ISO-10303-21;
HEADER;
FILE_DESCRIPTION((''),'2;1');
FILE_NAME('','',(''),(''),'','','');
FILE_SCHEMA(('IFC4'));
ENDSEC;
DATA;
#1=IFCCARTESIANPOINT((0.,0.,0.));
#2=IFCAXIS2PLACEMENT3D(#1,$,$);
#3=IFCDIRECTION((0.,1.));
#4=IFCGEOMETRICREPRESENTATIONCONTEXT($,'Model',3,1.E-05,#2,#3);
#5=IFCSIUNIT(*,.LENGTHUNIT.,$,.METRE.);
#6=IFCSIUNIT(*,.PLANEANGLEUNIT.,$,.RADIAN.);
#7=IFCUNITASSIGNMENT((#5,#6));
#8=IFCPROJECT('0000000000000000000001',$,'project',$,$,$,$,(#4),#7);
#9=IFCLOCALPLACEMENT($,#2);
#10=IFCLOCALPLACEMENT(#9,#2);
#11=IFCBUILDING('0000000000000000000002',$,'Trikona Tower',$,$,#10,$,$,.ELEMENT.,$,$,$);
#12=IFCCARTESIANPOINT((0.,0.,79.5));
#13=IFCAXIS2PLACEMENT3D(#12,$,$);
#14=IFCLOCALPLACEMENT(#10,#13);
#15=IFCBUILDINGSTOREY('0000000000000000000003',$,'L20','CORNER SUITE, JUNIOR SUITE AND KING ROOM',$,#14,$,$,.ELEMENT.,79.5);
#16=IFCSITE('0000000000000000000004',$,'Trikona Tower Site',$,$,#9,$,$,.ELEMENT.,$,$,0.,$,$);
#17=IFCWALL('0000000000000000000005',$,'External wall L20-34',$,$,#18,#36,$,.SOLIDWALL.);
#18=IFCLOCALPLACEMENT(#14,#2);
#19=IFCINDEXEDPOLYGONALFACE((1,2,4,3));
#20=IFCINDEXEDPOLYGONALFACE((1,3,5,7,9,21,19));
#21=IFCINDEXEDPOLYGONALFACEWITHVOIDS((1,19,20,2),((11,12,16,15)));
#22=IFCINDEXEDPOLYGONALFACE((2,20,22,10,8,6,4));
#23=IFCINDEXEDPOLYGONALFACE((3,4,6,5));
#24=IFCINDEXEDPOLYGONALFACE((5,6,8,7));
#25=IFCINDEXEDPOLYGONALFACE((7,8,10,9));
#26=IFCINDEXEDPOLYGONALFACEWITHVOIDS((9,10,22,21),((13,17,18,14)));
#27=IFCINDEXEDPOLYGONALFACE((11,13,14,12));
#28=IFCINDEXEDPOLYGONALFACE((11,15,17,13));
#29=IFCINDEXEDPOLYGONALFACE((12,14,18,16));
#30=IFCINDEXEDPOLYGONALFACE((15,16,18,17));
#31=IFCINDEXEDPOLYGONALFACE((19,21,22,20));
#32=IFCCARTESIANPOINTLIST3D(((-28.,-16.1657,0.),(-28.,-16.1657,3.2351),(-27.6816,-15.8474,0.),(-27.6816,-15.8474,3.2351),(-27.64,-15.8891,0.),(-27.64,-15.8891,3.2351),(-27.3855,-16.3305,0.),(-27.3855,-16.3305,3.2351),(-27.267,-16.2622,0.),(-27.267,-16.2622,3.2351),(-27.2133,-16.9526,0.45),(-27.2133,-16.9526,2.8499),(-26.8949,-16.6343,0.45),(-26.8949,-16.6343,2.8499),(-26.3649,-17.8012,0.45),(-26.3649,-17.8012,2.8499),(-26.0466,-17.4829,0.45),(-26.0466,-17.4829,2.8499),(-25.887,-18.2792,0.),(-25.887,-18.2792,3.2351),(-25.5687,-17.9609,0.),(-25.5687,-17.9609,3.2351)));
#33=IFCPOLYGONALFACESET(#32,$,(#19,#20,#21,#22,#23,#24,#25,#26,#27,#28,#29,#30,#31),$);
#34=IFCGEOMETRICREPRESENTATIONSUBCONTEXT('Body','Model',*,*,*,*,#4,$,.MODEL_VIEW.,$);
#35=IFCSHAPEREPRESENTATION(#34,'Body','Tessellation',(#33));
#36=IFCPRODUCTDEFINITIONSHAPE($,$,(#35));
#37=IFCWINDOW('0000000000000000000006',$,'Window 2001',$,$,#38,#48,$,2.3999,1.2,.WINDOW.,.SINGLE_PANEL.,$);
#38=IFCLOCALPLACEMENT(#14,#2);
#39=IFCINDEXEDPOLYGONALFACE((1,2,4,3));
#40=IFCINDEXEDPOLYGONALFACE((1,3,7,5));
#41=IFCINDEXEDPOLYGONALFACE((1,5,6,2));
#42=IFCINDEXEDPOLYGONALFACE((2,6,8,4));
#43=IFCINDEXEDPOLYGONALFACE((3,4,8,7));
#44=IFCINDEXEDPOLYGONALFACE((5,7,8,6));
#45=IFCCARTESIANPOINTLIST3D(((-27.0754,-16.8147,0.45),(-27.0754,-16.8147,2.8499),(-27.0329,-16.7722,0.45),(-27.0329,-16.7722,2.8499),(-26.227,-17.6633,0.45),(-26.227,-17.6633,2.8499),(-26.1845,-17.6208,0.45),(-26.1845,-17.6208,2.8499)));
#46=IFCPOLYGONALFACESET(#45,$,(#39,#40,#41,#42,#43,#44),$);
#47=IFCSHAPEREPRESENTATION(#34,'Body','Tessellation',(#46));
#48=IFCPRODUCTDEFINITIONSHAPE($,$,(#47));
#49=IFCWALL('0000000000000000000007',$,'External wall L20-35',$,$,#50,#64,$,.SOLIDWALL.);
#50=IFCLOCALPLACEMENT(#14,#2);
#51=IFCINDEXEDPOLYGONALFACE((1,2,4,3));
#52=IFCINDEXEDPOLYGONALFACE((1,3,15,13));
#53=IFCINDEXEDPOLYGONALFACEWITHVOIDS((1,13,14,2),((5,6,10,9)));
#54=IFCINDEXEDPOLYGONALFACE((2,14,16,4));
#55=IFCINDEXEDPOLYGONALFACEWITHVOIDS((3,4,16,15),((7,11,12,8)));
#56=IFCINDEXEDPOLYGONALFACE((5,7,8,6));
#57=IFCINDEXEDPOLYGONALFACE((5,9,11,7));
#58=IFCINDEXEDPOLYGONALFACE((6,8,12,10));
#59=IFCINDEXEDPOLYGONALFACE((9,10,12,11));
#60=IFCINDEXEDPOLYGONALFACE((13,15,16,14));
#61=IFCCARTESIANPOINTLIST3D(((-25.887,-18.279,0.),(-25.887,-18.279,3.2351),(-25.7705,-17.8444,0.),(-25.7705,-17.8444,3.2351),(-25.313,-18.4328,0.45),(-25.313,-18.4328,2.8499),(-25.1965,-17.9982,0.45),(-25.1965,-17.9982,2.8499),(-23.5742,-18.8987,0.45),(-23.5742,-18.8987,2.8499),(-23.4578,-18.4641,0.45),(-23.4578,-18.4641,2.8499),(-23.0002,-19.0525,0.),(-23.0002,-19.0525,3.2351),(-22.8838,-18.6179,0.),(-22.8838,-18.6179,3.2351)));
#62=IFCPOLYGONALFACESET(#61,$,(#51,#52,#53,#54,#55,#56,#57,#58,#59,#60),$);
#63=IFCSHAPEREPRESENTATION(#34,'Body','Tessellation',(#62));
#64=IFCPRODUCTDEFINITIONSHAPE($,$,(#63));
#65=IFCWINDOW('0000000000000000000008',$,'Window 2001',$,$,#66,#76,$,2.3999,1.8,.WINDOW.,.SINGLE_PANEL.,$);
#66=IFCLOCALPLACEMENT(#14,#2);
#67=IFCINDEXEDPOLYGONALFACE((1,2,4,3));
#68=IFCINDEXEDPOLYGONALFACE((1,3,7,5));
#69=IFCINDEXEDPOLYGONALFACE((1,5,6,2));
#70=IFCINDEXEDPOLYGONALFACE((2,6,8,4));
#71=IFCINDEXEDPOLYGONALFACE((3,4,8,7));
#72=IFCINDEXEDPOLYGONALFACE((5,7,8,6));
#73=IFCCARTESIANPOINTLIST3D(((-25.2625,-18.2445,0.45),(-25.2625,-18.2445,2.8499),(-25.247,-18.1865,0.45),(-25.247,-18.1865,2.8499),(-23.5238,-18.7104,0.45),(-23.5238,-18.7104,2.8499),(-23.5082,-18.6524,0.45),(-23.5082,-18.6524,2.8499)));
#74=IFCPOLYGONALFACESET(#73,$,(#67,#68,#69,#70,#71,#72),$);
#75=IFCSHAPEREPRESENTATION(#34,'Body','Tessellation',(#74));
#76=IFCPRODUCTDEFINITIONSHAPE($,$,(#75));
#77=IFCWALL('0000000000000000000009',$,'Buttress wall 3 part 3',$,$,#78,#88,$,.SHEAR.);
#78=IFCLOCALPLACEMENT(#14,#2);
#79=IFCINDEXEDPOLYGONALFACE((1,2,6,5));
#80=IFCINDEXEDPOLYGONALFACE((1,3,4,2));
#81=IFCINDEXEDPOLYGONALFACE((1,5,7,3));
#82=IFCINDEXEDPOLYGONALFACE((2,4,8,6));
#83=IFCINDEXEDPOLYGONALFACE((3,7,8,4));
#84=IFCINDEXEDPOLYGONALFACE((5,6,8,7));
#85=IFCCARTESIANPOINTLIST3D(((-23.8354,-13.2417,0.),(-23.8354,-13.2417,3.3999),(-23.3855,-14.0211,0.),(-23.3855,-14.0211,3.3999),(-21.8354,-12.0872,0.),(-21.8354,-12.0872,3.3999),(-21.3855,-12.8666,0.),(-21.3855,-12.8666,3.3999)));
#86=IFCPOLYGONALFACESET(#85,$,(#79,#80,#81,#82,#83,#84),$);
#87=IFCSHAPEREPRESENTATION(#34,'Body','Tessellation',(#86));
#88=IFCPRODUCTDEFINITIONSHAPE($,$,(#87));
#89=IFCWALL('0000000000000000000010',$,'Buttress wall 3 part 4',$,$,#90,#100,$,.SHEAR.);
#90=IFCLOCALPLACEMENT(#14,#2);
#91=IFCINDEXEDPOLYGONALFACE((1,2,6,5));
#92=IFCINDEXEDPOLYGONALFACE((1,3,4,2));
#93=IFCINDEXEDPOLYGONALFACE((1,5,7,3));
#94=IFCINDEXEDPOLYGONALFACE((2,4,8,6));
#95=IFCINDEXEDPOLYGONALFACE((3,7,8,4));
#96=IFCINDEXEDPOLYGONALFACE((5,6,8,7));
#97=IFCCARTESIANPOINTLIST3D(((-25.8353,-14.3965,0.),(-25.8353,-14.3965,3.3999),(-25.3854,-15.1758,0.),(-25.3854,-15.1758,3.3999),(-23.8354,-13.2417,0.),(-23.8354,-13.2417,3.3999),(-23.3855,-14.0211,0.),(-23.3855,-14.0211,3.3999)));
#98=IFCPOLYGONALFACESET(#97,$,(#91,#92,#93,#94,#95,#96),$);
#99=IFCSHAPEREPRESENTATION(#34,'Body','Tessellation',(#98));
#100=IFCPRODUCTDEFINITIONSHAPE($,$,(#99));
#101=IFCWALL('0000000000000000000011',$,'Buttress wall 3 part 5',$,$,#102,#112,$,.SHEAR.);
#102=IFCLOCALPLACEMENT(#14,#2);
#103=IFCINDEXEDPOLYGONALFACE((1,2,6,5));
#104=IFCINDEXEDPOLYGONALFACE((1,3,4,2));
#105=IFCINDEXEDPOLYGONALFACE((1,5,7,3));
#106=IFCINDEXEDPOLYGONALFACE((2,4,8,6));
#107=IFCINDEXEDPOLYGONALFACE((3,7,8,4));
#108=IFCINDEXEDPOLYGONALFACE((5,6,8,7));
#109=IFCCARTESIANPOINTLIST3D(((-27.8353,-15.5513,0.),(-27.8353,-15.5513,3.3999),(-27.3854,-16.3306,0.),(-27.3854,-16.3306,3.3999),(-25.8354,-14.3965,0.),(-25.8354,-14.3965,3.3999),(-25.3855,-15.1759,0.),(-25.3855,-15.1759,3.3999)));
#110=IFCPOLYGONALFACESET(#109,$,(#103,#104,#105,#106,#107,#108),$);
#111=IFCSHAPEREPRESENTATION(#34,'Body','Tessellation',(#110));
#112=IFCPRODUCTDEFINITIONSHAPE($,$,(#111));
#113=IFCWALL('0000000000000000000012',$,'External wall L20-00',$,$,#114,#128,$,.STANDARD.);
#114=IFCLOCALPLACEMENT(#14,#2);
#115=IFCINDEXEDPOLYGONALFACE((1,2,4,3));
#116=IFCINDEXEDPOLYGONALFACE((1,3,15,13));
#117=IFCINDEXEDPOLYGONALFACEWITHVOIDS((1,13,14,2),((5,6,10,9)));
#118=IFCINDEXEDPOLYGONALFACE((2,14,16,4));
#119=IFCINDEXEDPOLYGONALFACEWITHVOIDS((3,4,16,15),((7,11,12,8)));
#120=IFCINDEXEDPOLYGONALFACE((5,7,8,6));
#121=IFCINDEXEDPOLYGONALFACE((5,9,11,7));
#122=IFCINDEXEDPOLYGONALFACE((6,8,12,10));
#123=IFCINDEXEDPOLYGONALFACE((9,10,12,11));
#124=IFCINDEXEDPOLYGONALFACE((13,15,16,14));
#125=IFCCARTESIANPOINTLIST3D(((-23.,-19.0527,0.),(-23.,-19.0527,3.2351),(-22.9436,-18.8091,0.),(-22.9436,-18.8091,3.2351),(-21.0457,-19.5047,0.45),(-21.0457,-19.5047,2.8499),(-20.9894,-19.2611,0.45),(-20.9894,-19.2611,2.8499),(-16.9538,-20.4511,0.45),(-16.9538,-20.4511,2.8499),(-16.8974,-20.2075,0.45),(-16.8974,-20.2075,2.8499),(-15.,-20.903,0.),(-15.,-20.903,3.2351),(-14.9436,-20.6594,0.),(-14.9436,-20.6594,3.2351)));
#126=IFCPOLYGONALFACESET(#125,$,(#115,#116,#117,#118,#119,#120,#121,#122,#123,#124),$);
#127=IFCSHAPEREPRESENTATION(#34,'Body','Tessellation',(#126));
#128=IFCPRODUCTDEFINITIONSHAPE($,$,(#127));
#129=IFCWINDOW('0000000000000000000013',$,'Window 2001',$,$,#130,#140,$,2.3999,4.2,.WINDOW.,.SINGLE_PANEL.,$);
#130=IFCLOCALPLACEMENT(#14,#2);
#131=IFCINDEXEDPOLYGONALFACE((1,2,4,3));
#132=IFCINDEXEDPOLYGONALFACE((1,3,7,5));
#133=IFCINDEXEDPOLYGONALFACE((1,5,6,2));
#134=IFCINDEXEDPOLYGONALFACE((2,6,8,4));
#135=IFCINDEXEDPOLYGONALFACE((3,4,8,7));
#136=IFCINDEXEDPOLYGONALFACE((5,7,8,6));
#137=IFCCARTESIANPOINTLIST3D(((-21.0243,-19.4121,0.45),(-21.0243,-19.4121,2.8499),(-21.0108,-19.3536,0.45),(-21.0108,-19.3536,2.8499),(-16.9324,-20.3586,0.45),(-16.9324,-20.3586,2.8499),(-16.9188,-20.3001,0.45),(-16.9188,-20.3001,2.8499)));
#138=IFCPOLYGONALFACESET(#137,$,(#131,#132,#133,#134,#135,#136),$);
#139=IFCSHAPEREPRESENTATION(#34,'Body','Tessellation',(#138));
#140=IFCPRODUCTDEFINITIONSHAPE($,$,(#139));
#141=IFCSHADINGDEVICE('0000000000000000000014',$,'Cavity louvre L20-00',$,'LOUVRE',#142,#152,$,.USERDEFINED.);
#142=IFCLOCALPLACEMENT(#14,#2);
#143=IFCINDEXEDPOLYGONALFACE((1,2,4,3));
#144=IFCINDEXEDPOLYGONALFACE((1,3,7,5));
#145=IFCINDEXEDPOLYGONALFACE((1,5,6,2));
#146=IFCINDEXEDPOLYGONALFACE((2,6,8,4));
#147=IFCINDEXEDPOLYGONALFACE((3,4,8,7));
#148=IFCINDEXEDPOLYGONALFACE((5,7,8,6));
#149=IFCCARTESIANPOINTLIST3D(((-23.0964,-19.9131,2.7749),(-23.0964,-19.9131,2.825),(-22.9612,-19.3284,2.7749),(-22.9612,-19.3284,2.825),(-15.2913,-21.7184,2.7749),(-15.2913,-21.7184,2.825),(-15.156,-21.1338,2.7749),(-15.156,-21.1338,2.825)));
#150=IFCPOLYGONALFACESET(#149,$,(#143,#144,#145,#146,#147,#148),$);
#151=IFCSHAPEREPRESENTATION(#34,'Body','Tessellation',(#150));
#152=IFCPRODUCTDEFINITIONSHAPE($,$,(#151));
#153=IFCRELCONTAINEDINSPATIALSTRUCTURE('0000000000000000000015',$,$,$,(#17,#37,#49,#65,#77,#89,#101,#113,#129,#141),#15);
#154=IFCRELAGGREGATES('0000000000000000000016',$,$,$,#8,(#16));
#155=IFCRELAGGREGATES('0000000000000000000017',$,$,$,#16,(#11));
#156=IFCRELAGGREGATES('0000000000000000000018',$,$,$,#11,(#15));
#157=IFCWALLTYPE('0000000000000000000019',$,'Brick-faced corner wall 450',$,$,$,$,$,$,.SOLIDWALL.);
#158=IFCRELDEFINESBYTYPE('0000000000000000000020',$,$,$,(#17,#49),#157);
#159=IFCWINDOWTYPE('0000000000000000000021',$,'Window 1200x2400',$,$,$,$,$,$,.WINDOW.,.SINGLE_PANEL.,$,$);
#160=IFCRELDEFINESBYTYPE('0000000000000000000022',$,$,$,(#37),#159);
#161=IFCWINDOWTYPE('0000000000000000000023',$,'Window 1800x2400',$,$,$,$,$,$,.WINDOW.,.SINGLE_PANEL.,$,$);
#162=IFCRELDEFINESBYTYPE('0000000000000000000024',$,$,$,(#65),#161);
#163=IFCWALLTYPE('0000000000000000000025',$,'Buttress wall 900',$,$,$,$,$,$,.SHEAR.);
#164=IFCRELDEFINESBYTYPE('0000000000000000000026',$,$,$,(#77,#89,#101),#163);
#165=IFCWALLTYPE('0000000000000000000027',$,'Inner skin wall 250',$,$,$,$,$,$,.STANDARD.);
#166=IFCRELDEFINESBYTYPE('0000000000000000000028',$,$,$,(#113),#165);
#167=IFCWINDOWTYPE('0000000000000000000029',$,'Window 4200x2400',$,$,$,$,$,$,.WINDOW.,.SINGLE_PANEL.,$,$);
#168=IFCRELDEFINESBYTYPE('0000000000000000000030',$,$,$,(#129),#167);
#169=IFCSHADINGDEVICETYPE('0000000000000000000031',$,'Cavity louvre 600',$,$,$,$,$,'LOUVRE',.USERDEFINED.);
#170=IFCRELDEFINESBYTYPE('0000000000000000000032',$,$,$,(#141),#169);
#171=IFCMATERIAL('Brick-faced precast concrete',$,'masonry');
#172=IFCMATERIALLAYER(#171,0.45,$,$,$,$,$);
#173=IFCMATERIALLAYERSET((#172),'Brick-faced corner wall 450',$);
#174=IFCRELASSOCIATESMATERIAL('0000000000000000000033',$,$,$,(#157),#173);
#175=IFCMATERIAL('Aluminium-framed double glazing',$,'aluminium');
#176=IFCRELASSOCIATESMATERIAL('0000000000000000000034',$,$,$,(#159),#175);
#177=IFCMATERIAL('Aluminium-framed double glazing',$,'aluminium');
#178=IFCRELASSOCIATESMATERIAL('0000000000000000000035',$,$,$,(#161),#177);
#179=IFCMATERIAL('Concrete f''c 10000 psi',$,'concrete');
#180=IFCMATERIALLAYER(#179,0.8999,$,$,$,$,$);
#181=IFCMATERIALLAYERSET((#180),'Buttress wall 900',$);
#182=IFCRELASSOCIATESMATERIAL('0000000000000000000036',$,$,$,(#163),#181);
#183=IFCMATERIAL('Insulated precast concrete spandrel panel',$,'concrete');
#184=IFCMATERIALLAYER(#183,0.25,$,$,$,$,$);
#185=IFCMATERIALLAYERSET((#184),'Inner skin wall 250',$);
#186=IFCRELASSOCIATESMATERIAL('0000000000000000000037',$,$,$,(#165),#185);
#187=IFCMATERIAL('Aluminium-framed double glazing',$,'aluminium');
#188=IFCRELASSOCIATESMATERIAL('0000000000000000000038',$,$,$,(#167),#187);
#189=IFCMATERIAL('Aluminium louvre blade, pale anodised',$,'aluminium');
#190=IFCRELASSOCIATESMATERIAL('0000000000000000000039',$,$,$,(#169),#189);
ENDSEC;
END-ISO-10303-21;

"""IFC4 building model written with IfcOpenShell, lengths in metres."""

from ifc_helpers import new_model, si_unit, direction, frame, frame_2d, origin, origin_2d, place, context, subcontext, project, spatial, polyline, rectangle, outline, extrude, material, layer, layer_set, type_object, element, fill, save


model = new_model("IFC4")

# Units and contexts
model_context = context("Model", 3, precision=1e-05, world=origin(), true_north=direction((0.0, 1.0)))
body_context = subcontext(model_context, "Body", "Model", "MODEL_VIEW")
ifc_project = project(units=[si_unit("LENGTHUNIT", "METRE"), si_unit("PLANEANGLEUNIT", "RADIAN")], contexts=[model_context])

# Site, building, storey
site_placement = place(None, origin())
site = spatial("IfcSite", under=ifc_project, at=site_placement, Name="Trikona Tower Site", CompositionType="ELEMENT", RefElevation=0.0)
building_placement = place(site_placement, origin())
building = spatial("IfcBuilding", under=site, at=building_placement, Name="Trikona Tower", CompositionType="ELEMENT")
storey_placement = place(building_placement, frame((0.0, 0.0, 79.5)))
storey = spatial("IfcBuildingStorey", under=building, at=storey_placement, Name="L20", Description="CORNER SUITE, JUNIOR SUITE AND KING ROOM", CompositionType="ELEMENT", Elevation=79.5)

# Walls, openings, windows
ifc_material_1 = material(Name="Brick-faced precast concrete", Category="masonry")
ifc_layer_1 = layer(ifc_material_1, 0.45)
ifc_layer_set_1 = layer_set([ifc_layer_1], Name="Brick-faced corner wall 450")
wall_type_1 = type_object("IfcWallType", Name="Brick-faced corner wall 450", PredefinedType="SOLIDWALL", material=ifc_layer_set_1)
ifc_material_2 = material(Name="Aluminium-framed double glazing", Category="aluminium")
window_type_1 = type_object("IfcWindowType", Name="Window 1200x2400", PartitioningType="SINGLE_PANEL", PredefinedType="WINDOW", material=ifc_material_2)
wall_1_placement = place(storey_placement, frame((-27.8408, -16.0066, 0.0), z_axis=(0.0, 0.0, 1.0), x_axis=(0.707025, -0.707188, 0.0)))
wall_1 = element("IfcWall", 1, at=wall_1_placement, inside=storey, type_object=wall_type_1, Name="External wall L20-34", PredefinedType="SOLIDWALL", context=body_context, shape_type="SweptSolid", body=[
    extrude(outline(polyline([(2.9885, 0.2251), (0.5864, 0.2251), (0.551, 0.093), (0.0588, 0.2251), (0.0, 0.2251), (0.0, -0.2251), (2.9885, -0.2251), (2.9885, 0.2251)])), origin(), (0.0, 0.0, 1.0), 3.2351),
])
opening_1_placement = place(wall_1_placement, frame((1.1125, 0.0, 0.45)))
opening_1 = element("IfcOpeningElement", 2, at=opening_1_placement, cuts=wall_1, PredefinedType="OPENING", context=body_context, shape_type="SweptSolid", body=[
    extrude(rectangle(XDim=1.2, YDim=2.3999, at=frame_2d((0.6001, 1.2))), frame((0.0, 0.2349, 0.0), z_axis=(0.0, -1.0, 0.0), x_axis=(1.0, 0.0, 0.0)), (0.0, 0.0, 1.0), 0.47),
])
window_1_placement = place(opening_1_placement, origin())
window_1 = element("IfcWindow", 3, at=window_1_placement, inside=storey, type_object=window_type_1, Name="Window 2001", OverallHeight=2.3999, OverallWidth=1.2, PartitioningType="SINGLE_PANEL", PredefinedType="WINDOW", context=body_context, shape_type="SweptSolid", body=[
    extrude(rectangle(XDim=1.2, YDim=2.3999, at=frame_2d((0.6001, 1.2))), frame((0.0, 0.03, 0.0), z_axis=(0.0, -1.0, 0.0), x_axis=(1.0, 0.0, 0.0)), (0.0, 0.0, 1.0), 0.0601),
])
fill(opening_1, window_1)
wall_2_placement = place(storey_placement, frame((-25.8286, -18.0618, 0.0), z_axis=(0.0, 0.0, 1.0), x_axis=(0.965931, -0.258801, 0.0)))
wall_2 = element("IfcWall", 4, at=wall_2_placement, inside=storey, type_object=wall_type_1, Name="External wall L20-35", PredefinedType="SOLIDWALL", context=body_context, shape_type="SweptSolid", body=[
    extrude(rectangle(XDim=2.9885, YDim=0.45, at=frame_2d((1.4941, 0.0))), origin(), (0.0, 0.0, 1.0), 3.2351),
])
opening_2_placement = place(wall_2_placement, frame((0.5942, 0.0, 0.45)))
opening_2 = element("IfcOpeningElement", 5, at=opening_2_placement, cuts=wall_2, PredefinedType="OPENING", context=body_context, shape_type="SweptSolid", body=[
    extrude(rectangle(XDim=1.8, YDim=2.3999, at=frame_2d((0.8999, 1.2))), frame((0.0, 0.2349, 0.0), z_axis=(0.0, -1.0, 0.0), x_axis=(1.0, 0.0, 0.0)), (0.0, 0.0, 1.0), 0.47),
])
ifc_material_3 = material(Name="Aluminium-framed double glazing", Category="aluminium")
window_type_2 = type_object("IfcWindowType", Name="Window 1800x2400", PartitioningType="SINGLE_PANEL", PredefinedType="WINDOW", material=ifc_material_3)
window_2_placement = place(opening_2_placement, origin())
window_2 = element("IfcWindow", 6, at=window_2_placement, inside=storey, type_object=window_type_2, Name="Window 2001", OverallHeight=2.3999, OverallWidth=1.8, PartitioningType="SINGLE_PANEL", PredefinedType="WINDOW", context=body_context, shape_type="SweptSolid", body=[
    extrude(rectangle(XDim=1.8, YDim=2.3999, at=frame_2d((0.8999, 1.2))), frame((0.0, 0.03, 0.0), z_axis=(0.0, -1.0, 0.0), x_axis=(1.0, 0.0, 0.0)), (0.0, 0.0, 1.0), 0.0601),
])
fill(opening_2, window_2)

# Walls
ifc_material_4 = material(Name="Concrete f'c 10000 psi", Category="concrete")
ifc_layer_2 = layer(ifc_material_4, 0.8999)
ifc_layer_set_2 = layer_set([ifc_layer_2], Name="Buttress wall 900")
wall_type_2 = type_object("IfcWallType", Name="Buttress wall 900", PredefinedType="SHEAR", material=ifc_layer_set_2)
for number, where, z_axis, x_axis, name in (
    (7, (-21.6104, -12.4768, 0.0), (0.0, 0.0, 1.0), (-0.866055, -0.499948, 0.0), "Buttress wall 3 part 3"),
    (8, (-23.6104, -13.6313, 0.0), (0.0, 0.0, 1.0), (-0.86601, -0.500027, 0.0), "Buttress wall 3 part 4"),
    (9, (-25.6104, -14.7861, 0.0), (0.0, 0.0, 1.0), (-0.86601, -0.500027, 0.0), "Buttress wall 3 part 5"),
):
    element("IfcWall", number, at=place(storey_placement, frame(where, z_axis=z_axis, x_axis=x_axis)), inside=storey, type_object=wall_type_2, Name=name, PredefinedType="SHEAR", context=body_context, shape_type="SweptSolid", body=[
        extrude(rectangle(XDim=2.3093, YDim=0.8999, at=frame_2d((1.1548, 0.0))), origin(), (0.0, 0.0, 1.0), 3.3999),
    ])

# Wall, opening, window
ifc_material_5 = material(Name="Insulated precast concrete spandrel panel", Category="concrete")
ifc_layer_3 = layer(ifc_material_5, 0.25)
ifc_layer_set_3 = layer_set([ifc_layer_3], Name="Inner skin wall 250")
wall_type_3 = type_object("IfcWallType", Name="Inner skin wall 250", PredefinedType="STANDARD", material=ifc_layer_set_3)
wall_3_placement = place(storey_placement, frame((-22.9717, -18.9309, 0.0), z_axis=(0.0, 0.0, 1.0), x_axis=(0.974279, -0.225344, 0.0)))
wall_3 = element("IfcWall", 10, at=wall_3_placement, inside=storey, type_object=wall_type_3, Name="External wall L20-00", PredefinedType="STANDARD", context=body_context, shape_type="SweptSolid", body=[
    extrude(rectangle(XDim=8.2112, YDim=0.25, at=frame_2d((4.1055, 0.0))), origin(), (0.0, 0.0, 1.0), 3.2351),
])
opening_3_placement = place(wall_3_placement, frame((2.0056, 0.0, 0.45)))
opening_3 = element("IfcOpeningElement", 11, at=opening_3_placement, cuts=wall_3, PredefinedType="OPENING", context=body_context, shape_type="SweptSolid", body=[
    extrude(rectangle(XDim=4.2, YDim=2.3999, at=frame_2d((2.1001, 1.2))), frame((0.0, 0.135, 0.0), z_axis=(0.0, -1.0, 0.0), x_axis=(1.0, 0.0, 0.0)), (0.0, 0.0, 1.0), 0.27),
])
ifc_material_6 = material(Name="Aluminium-framed double glazing", Category="aluminium")
window_type_3 = type_object("IfcWindowType", Name="Window 4200x2400", PartitioningType="SINGLE_PANEL", PredefinedType="WINDOW", material=ifc_material_6)
window_3_placement = place(opening_3_placement, origin())
window_3 = element("IfcWindow", 12, at=window_3_placement, inside=storey, type_object=window_type_3, Name="Window 2001", OverallHeight=2.3999, OverallWidth=4.2, PartitioningType="SINGLE_PANEL", PredefinedType="WINDOW", context=body_context, shape_type="SweptSolid", body=[
    extrude(rectangle(XDim=4.2, YDim=2.3999, at=frame_2d((2.1001, 1.2))), frame((0.0, 0.03, 0.0), z_axis=(0.0, -1.0, 0.0), x_axis=(1.0, 0.0, 0.0)), (0.0, 0.0, 1.0), 0.0601),
])
fill(opening_3, window_3)

# Shading device
ifc_material_7 = material(Name="Aluminium louvre blade, pale anodised", Category="aluminium")
shading_device_type = type_object("IfcShadingDeviceType", Name="Cavity louvre 600", ElementType="LOUVRE", PredefinedType="USERDEFINED", material=ifc_material_7)
shading_device_placement = place(storey_placement, frame((-19.1262, -20.5234, 2.7749), z_axis=(0.0, 0.0, 1.0), x_axis=(0.974278, -0.225351, 0.0)))
element("IfcShadingDevice", 13, at=shading_device_placement, inside=storey, type_object=shading_device_type, Name="Cavity louvre L20-00", ObjectType="LOUVRE", PredefinedType="USERDEFINED", context=body_context, shape_type="SweptSolid", body=[
    extrude(rectangle(XDim=8.0112, YDim=0.6001, at=origin_2d()), origin(), (0.0, 0.0, 1.0), 0.05),
])

save(model, "model.ifc")
